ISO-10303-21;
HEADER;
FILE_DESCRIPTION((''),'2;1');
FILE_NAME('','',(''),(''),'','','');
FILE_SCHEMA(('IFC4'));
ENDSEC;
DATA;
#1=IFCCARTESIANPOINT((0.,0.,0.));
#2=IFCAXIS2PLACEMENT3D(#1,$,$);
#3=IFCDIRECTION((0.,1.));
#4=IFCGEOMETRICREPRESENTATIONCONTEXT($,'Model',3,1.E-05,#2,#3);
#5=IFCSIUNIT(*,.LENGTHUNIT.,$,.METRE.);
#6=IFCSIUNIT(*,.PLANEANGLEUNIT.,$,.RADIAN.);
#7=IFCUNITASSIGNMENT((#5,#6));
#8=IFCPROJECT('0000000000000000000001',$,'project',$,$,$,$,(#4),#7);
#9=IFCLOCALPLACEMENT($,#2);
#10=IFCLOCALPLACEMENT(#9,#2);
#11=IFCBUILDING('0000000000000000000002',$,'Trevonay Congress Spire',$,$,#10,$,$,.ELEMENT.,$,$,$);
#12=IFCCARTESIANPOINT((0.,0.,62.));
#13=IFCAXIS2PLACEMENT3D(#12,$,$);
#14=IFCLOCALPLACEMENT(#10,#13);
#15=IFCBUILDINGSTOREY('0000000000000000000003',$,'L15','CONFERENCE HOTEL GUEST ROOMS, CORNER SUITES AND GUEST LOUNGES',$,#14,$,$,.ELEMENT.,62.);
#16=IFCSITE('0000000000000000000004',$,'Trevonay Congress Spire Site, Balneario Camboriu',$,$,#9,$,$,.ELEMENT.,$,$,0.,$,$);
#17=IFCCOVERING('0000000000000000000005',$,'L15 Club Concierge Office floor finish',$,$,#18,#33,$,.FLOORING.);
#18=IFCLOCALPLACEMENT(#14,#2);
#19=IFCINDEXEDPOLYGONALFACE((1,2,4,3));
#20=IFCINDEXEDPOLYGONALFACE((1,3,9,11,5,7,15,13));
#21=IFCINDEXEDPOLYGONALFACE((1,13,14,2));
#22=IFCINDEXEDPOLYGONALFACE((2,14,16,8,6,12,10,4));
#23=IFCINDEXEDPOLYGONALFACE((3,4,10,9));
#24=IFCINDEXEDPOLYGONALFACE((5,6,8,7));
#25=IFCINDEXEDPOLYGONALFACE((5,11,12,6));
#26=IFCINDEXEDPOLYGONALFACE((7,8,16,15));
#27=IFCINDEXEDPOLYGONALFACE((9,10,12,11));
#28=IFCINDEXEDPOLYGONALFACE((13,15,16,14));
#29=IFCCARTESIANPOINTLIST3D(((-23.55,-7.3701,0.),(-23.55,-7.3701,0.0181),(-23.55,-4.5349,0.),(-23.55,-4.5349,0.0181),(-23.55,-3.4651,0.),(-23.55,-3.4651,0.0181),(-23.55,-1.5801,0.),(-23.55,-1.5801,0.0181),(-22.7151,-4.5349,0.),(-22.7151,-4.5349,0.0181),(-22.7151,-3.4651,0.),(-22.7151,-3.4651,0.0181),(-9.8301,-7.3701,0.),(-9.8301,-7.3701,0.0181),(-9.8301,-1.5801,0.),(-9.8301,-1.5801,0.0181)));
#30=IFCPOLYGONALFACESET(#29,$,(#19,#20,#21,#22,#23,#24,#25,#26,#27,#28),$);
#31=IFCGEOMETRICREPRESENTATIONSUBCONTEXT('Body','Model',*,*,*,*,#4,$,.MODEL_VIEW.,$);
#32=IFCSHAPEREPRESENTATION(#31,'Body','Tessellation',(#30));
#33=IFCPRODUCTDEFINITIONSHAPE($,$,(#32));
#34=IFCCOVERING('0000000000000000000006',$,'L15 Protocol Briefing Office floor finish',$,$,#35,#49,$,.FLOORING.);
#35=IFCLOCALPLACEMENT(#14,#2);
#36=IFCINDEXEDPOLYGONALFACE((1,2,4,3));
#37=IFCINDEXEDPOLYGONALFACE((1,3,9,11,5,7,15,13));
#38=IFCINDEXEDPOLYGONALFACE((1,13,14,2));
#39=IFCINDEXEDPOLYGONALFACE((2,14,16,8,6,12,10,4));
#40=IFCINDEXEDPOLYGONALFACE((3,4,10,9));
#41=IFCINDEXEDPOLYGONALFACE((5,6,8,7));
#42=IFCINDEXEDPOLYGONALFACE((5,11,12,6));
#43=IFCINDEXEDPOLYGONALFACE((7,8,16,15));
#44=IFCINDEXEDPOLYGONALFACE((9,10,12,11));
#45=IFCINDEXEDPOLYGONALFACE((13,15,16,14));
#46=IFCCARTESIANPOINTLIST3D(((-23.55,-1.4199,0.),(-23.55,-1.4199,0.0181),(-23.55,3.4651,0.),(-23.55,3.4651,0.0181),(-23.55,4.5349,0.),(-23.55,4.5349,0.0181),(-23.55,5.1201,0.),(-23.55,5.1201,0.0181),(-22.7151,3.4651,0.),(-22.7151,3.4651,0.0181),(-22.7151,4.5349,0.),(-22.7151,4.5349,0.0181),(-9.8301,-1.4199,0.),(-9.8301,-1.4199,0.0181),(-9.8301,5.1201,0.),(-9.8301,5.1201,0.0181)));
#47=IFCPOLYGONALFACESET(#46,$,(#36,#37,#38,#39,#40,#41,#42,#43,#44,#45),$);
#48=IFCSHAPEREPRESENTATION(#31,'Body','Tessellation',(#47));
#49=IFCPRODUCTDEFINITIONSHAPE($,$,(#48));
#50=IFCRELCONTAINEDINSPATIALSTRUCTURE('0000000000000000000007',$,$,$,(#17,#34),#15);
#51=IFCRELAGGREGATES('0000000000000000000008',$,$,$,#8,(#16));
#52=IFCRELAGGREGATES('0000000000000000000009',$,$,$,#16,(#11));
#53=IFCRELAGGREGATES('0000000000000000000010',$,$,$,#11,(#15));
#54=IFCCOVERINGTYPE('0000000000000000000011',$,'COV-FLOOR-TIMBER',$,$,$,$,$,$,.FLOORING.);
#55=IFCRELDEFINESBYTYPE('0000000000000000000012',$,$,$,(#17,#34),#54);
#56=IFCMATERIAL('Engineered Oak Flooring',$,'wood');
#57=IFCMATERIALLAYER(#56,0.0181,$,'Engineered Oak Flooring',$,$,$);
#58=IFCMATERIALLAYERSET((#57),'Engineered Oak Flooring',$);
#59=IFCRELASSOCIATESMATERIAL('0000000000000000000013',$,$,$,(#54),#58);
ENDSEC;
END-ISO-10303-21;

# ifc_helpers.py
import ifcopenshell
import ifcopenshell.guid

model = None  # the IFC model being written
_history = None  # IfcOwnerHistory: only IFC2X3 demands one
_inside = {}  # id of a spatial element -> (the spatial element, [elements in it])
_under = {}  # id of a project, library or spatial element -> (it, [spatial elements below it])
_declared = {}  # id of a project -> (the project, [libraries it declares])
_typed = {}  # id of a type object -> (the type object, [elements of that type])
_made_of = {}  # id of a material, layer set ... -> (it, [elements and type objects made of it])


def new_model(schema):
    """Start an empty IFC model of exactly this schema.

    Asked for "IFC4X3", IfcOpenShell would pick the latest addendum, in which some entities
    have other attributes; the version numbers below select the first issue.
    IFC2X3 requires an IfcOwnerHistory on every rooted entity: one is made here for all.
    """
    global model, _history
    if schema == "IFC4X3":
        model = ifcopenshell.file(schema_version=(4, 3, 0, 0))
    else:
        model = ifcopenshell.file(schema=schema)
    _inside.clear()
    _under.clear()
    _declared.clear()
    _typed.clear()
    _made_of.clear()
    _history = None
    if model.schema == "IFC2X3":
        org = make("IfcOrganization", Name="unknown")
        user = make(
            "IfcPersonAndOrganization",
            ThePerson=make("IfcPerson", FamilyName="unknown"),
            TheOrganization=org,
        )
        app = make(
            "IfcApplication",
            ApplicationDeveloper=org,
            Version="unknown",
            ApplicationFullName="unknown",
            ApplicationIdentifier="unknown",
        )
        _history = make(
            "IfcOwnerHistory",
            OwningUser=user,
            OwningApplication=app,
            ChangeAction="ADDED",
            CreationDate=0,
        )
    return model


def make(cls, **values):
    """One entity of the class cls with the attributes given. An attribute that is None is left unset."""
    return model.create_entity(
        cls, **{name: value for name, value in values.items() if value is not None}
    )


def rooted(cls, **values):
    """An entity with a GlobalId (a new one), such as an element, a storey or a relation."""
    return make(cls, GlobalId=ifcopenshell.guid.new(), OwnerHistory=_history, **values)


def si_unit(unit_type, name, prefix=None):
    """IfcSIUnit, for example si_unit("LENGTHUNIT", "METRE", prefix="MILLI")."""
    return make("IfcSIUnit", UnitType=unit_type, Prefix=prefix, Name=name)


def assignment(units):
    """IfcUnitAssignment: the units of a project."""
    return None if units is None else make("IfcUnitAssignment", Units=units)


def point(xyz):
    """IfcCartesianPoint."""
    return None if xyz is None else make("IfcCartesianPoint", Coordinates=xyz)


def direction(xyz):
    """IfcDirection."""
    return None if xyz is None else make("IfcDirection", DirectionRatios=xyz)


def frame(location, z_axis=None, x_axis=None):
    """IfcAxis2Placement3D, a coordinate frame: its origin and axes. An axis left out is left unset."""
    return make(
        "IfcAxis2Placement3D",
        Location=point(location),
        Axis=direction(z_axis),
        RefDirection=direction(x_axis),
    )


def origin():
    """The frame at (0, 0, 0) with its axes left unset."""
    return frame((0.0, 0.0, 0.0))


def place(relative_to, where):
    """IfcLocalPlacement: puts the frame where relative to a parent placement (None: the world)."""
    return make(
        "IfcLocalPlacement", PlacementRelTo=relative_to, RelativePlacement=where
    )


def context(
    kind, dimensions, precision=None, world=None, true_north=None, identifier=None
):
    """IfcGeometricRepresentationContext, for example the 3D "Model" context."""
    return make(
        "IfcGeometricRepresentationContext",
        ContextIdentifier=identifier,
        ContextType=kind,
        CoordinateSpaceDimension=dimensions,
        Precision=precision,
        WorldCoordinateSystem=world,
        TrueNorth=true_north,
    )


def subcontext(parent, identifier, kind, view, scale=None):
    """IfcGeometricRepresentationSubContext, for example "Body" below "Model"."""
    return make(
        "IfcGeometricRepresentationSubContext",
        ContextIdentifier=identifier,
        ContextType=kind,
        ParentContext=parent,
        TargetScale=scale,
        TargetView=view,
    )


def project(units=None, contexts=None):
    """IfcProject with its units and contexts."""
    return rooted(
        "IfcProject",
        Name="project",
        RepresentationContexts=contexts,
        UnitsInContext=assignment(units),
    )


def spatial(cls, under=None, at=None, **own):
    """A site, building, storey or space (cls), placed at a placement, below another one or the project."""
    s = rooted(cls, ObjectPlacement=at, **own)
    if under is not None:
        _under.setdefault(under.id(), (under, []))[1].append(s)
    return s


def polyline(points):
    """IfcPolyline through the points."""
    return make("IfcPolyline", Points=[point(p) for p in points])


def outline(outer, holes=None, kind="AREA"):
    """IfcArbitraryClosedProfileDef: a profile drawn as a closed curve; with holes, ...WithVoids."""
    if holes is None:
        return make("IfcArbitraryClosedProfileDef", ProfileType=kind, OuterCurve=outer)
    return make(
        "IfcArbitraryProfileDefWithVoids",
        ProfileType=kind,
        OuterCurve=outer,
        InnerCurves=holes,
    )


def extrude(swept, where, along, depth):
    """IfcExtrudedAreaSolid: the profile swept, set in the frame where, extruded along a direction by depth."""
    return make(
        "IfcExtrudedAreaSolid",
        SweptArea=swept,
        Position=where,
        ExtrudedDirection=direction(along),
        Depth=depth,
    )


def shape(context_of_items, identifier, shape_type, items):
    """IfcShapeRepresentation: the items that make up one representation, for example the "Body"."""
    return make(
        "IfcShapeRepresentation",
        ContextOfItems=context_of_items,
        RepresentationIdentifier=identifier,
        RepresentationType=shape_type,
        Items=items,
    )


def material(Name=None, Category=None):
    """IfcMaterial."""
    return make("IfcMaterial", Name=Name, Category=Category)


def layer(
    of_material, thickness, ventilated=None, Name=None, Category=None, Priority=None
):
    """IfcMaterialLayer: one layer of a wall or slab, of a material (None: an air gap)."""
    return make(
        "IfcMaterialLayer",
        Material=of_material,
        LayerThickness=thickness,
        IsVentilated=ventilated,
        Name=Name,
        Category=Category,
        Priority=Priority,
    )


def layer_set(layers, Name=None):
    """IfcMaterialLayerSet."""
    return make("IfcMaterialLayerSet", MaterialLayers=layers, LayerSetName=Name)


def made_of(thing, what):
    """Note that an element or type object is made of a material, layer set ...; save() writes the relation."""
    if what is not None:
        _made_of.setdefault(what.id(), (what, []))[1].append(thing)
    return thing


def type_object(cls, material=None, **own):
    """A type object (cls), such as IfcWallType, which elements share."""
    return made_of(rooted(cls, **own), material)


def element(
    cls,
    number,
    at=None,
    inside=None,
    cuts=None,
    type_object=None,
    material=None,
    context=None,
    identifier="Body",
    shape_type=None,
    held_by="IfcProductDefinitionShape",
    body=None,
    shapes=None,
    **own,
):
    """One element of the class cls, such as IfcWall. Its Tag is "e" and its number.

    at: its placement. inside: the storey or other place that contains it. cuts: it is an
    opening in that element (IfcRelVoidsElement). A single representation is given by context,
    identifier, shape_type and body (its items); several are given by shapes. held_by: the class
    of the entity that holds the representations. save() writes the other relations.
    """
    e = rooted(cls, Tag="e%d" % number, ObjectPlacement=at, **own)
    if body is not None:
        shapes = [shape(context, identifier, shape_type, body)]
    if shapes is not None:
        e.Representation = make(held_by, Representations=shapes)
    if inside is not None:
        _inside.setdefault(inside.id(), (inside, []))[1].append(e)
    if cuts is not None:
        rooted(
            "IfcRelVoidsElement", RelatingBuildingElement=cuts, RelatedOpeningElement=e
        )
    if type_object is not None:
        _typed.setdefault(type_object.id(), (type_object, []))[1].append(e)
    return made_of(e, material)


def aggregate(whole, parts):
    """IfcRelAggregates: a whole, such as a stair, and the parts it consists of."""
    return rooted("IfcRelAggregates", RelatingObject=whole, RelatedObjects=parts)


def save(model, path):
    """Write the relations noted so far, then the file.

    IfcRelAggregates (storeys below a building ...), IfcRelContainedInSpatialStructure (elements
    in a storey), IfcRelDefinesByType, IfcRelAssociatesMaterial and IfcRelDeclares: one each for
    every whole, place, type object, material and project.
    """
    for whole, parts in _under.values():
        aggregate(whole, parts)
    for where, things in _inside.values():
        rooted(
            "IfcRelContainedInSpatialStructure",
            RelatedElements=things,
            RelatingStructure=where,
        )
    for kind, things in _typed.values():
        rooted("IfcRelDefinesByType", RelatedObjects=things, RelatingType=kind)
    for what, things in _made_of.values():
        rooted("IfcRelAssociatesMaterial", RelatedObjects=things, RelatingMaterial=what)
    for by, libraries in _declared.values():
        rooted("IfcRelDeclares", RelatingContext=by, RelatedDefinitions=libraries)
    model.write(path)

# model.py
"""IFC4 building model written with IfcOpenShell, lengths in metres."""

from ifc_helpers import new_model, si_unit, direction, frame, origin, place, context, subcontext, project, spatial, polyline, outline, extrude, material, layer, layer_set, type_object, element, save


model = new_model("IFC4")

# Units and contexts
model_context = context("Model", 3, precision=1e-05, world=origin(), true_north=direction((0.0, 1.0)))
body_context = subcontext(model_context, "Body", "Model", "MODEL_VIEW")
ifc_project = project(units=[si_unit("LENGTHUNIT", "METRE"), si_unit("PLANEANGLEUNIT", "RADIAN")], contexts=[model_context])

# Site, building, storey
site_placement = place(None, origin())
site = spatial("IfcSite", under=ifc_project, at=site_placement, Name="Trevonay Congress Spire Site, Balneario Camboriu", CompositionType="ELEMENT", RefElevation=0.0)
building_placement = place(site_placement, origin())
building = spatial("IfcBuilding", under=site, at=building_placement, Name="Trevonay Congress Spire", CompositionType="ELEMENT")
storey_placement = place(building_placement, frame((0.0, 0.0, 62.0)))
storey = spatial("IfcBuildingStorey", under=building, at=storey_placement, Name="L15", Description="CONFERENCE HOTEL GUEST ROOMS, CORNER SUITES AND GUEST LOUNGES", CompositionType="ELEMENT", Elevation=62.0)

# Coverings
ifc_material_1 = material(Name="Engineered Oak Flooring", Category="wood")
ifc_layer_1 = layer(ifc_material_1, 0.0181, Name="Engineered Oak Flooring")
ifc_layer_set_1 = layer_set([ifc_layer_1], Name="Engineered Oak Flooring")
covering_type_1 = type_object("IfcCoveringType", Name="COV-FLOOR-TIMBER", PredefinedType="FLOORING", material=ifc_layer_set_1)
covering_1_placement = place(storey_placement, origin())
element("IfcCovering", 1, at=covering_1_placement, inside=storey, type_object=covering_type_1, Name="L15 Club Concierge Office floor finish", PredefinedType="FLOORING", context=body_context, shape_type="SweptSolid", body=[
    extrude(outline(polyline([(-23.55, -1.5801), (-9.8301, -1.5801), (-9.8301, -7.3701), (-23.55, -7.3701), (-23.55, -4.5349), (-22.7151, -4.5349), (-22.7151, -3.4651), (-23.55, -3.4651), (-23.55, -1.5801)])), origin(), (0.0, 0.0, 1.0), 0.0181),
])
covering_2_placement = place(storey_placement, origin())
element("IfcCovering", 2, at=covering_2_placement, inside=storey, type_object=covering_type_1, Name="L15 Protocol Briefing Office floor finish", PredefinedType="FLOORING", context=body_context, shape_type="SweptSolid", body=[
    extrude(outline(polyline([(-23.55, 5.1201), (-9.8301, 5.1201), (-9.8301, -1.4199), (-23.55, -1.4199), (-23.55, 3.4651), (-22.7151, 3.4651), (-22.7151, 4.5349), (-23.55, 4.5349), (-23.55, 5.1201)])), origin(), (0.0, 0.0, 1.0), 0.0181),
])

save(model, "model.ifc")
